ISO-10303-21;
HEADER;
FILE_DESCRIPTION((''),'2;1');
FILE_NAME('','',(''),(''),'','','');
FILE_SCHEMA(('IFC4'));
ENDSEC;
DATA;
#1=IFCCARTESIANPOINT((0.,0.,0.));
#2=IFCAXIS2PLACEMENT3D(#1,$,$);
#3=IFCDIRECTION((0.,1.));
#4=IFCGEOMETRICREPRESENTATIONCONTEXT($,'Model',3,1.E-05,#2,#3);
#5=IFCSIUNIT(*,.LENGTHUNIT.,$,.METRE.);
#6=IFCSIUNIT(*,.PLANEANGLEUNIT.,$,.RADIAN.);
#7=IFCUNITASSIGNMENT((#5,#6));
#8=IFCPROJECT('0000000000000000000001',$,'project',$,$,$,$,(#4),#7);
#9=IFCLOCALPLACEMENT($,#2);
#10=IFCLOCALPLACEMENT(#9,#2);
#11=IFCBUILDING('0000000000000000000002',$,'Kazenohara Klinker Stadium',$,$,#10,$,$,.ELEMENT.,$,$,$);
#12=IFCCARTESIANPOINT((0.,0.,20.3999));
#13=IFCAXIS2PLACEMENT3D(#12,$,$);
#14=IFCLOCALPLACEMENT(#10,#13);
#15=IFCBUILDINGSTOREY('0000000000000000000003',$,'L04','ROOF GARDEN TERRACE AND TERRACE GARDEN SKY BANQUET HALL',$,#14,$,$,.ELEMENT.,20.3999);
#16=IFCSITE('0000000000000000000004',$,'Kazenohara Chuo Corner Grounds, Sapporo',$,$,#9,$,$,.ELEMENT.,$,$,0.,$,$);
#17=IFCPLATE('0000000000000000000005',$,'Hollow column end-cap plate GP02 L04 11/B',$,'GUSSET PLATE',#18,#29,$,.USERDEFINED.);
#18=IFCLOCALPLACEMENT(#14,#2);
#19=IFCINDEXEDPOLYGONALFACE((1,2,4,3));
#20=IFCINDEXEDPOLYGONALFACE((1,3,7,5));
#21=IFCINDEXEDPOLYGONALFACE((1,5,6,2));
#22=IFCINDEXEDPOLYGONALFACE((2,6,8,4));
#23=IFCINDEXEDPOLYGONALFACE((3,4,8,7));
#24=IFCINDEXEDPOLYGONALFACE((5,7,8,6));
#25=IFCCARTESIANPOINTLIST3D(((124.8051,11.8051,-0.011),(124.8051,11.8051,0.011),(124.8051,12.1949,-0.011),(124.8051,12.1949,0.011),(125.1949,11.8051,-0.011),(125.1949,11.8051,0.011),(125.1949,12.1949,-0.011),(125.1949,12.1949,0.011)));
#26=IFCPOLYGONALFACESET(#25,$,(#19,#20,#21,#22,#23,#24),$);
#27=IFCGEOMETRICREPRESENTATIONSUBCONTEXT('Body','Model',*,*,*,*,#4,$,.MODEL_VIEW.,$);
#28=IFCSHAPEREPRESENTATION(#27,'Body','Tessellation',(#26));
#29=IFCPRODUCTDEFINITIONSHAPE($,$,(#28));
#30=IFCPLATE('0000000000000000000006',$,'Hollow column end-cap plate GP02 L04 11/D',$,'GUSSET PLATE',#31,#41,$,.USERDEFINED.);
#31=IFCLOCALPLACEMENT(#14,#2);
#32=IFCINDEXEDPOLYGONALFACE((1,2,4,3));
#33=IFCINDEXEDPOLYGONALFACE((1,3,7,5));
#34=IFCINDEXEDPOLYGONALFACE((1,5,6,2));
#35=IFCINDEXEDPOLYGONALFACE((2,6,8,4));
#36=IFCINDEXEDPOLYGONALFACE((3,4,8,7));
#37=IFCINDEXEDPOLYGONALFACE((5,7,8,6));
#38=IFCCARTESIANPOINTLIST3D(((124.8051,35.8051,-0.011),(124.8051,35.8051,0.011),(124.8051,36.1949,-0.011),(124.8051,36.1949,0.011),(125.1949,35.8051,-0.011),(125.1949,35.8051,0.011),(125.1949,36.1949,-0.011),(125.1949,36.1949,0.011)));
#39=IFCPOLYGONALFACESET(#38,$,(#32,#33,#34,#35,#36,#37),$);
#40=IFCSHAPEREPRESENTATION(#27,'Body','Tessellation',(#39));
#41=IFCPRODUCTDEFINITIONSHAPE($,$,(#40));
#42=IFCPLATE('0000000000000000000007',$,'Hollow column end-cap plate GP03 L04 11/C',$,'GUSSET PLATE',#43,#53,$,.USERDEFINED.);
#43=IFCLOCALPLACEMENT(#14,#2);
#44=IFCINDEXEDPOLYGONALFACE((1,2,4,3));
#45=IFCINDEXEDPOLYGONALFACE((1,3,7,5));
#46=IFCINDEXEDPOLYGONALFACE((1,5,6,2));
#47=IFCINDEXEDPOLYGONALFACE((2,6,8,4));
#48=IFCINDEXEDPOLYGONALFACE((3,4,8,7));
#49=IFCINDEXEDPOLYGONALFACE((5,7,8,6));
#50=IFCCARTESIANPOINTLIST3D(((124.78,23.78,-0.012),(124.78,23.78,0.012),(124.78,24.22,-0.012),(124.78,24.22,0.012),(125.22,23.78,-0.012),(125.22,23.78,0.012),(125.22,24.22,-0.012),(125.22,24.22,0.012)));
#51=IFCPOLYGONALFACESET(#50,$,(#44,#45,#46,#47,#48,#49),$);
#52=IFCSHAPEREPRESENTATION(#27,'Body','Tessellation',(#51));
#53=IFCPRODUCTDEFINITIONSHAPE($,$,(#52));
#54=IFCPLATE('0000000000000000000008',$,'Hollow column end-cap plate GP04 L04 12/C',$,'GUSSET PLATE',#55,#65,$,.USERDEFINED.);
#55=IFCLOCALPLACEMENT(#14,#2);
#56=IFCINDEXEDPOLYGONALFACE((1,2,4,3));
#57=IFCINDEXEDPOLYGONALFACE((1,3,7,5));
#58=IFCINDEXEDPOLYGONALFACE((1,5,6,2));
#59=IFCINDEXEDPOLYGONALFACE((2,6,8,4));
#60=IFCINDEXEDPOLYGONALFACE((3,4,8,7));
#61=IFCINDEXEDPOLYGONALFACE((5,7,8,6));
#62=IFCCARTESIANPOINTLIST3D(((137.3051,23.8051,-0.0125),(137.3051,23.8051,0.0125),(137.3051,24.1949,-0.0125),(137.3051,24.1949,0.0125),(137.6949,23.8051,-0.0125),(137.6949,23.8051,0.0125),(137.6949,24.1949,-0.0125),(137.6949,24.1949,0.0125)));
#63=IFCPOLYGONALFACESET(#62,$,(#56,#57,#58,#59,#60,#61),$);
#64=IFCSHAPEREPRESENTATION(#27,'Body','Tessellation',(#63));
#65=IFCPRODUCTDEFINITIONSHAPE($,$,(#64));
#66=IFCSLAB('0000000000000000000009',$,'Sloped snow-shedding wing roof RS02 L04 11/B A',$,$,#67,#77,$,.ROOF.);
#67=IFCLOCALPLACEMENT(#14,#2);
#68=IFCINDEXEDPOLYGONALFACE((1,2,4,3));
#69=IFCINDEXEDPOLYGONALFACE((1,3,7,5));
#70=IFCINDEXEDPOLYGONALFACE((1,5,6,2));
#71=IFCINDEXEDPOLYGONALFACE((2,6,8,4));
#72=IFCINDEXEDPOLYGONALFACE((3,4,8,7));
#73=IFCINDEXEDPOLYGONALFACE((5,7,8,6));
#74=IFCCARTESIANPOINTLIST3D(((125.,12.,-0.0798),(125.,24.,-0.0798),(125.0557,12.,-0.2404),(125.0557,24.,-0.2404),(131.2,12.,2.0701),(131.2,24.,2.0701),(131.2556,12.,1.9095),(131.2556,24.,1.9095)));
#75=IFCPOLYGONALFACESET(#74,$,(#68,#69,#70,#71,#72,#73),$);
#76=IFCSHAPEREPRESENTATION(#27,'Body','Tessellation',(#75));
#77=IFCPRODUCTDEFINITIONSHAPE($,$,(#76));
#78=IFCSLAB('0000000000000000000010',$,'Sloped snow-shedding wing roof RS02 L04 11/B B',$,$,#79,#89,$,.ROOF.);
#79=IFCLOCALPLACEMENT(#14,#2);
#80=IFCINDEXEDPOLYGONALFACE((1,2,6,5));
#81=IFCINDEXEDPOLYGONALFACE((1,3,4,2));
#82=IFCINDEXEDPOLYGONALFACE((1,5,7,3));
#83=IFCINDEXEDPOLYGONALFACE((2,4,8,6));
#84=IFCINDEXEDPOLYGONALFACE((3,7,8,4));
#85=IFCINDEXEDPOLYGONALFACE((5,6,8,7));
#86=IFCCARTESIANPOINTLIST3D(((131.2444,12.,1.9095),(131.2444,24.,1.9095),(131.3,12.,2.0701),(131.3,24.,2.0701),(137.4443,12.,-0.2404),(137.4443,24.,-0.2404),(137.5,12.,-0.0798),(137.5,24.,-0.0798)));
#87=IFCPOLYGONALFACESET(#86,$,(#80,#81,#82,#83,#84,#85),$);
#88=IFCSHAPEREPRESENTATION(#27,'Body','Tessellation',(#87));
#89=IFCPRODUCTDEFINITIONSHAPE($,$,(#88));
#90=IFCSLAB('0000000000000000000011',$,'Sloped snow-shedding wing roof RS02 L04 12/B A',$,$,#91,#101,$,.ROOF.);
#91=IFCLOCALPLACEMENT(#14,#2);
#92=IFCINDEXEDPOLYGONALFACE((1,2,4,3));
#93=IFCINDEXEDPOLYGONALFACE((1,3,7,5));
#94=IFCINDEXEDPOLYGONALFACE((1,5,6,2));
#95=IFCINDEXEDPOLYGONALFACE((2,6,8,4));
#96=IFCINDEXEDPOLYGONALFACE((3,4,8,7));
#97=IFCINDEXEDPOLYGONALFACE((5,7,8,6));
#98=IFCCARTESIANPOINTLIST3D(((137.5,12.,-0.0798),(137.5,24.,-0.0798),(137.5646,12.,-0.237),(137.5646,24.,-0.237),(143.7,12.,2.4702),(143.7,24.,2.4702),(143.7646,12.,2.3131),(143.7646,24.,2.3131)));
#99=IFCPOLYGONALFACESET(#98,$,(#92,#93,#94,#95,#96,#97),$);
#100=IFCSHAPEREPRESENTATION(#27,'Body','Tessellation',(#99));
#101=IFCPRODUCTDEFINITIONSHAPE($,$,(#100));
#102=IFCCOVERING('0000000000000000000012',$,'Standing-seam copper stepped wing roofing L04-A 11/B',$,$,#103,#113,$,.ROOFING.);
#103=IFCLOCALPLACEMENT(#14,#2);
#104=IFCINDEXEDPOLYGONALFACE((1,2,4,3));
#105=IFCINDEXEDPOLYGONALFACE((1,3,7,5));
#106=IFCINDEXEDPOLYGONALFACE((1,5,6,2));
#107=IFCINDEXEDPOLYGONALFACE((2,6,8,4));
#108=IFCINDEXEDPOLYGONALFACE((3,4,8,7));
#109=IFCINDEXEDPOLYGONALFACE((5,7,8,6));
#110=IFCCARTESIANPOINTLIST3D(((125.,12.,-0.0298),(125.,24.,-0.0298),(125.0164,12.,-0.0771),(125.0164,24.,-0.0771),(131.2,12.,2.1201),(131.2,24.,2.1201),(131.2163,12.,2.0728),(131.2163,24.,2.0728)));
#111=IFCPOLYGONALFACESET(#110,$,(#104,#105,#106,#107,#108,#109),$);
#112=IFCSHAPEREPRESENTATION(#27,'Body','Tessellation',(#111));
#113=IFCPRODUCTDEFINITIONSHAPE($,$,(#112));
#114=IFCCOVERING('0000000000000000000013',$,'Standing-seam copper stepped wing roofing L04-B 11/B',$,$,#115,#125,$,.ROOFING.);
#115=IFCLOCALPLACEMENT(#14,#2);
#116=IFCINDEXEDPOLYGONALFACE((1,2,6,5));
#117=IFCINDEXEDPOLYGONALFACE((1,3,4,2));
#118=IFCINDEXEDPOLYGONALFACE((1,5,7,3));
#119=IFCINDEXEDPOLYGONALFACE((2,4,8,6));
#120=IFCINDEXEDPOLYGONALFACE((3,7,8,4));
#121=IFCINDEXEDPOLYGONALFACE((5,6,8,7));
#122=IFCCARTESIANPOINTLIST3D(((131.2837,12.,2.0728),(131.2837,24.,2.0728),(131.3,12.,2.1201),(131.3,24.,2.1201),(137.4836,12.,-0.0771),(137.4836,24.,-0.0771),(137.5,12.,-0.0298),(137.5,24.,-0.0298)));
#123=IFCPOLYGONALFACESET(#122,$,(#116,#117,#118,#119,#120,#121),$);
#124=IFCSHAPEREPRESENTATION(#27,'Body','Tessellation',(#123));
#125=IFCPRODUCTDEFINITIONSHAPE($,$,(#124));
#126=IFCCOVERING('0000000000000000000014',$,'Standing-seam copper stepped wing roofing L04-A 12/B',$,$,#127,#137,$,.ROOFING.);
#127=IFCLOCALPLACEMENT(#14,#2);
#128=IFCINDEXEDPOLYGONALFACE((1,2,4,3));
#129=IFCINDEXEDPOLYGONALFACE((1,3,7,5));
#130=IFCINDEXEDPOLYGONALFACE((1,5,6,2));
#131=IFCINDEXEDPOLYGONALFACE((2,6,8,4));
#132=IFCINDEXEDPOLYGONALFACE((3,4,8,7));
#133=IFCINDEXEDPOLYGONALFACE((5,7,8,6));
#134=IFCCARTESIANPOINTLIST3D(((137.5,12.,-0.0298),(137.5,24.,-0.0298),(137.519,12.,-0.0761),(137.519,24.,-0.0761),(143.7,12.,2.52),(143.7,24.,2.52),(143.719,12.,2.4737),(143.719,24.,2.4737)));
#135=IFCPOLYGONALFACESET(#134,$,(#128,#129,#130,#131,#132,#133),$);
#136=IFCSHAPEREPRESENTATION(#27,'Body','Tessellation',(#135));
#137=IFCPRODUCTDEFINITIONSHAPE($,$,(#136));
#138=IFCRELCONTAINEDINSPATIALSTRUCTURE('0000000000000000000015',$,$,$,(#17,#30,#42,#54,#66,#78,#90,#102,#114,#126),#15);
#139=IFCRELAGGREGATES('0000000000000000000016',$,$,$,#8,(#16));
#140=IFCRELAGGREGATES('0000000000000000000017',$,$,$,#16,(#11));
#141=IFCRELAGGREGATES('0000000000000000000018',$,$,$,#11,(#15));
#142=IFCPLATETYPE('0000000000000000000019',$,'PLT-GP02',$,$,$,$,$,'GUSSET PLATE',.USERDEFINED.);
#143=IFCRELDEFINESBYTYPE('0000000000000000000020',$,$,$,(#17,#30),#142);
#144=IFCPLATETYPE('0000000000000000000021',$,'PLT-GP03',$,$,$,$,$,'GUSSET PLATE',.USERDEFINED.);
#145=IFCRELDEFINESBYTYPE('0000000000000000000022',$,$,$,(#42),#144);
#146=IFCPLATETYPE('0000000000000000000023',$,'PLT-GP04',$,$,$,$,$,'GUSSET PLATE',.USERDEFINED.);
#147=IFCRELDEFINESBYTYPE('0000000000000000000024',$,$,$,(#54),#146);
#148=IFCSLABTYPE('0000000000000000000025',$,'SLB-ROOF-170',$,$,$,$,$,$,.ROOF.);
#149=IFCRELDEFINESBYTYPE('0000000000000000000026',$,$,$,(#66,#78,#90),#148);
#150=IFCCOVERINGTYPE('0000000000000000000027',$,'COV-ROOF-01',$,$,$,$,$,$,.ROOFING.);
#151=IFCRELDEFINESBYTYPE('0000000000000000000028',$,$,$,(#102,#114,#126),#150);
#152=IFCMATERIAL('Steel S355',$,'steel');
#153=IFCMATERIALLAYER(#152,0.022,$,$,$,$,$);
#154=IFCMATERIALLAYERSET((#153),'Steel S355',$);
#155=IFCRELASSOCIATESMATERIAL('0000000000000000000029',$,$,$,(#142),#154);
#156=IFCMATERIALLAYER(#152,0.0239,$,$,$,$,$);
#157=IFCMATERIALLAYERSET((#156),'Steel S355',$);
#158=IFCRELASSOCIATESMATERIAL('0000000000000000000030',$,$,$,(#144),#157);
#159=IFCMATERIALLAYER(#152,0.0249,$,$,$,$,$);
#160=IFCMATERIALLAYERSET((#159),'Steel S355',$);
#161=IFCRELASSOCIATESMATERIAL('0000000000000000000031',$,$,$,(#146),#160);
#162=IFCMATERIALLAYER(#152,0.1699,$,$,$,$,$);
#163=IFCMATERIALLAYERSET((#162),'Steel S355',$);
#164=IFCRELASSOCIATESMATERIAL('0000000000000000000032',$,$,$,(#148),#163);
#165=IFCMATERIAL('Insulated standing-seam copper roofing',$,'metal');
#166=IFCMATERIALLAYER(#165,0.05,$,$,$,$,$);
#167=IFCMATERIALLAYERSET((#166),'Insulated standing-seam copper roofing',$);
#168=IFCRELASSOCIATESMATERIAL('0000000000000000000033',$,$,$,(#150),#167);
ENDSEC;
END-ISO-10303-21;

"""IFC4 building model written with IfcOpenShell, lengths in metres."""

from ifc_helpers import new_model, si_unit, direction, frame, origin, origin_2d, place, context, subcontext, project, spatial, polyline, rectangle, outline, extrude, material, layer, layer_set, type_object, element, save


model = new_model("IFC4")

# Units and contexts
model_context = context("Model", 3, precision=1e-05, world=origin(), true_north=direction((0.0, 1.0)))
body_context = subcontext(model_context, "Body", "Model", "MODEL_VIEW")
ifc_project = project(units=[si_unit("LENGTHUNIT", "METRE"), si_unit("PLANEANGLEUNIT", "RADIAN")], contexts=[model_context])

# Site, building, storey
site_placement = place(None, origin())
site = spatial("IfcSite", under=ifc_project, at=site_placement, Name="Kazenohara Chuo Corner Grounds, Sapporo", CompositionType="ELEMENT", RefElevation=0.0)
building_placement = place(site_placement, origin())
building = spatial("IfcBuilding", under=site, at=building_placement, Name="Kazenohara Klinker Stadium", CompositionType="ELEMENT")
storey_placement = place(building_placement, frame((0.0, 0.0, 20.3999)))
storey = spatial("IfcBuildingStorey", under=building, at=storey_placement, Name="L04", Description="ROOF GARDEN TERRACE AND TERRACE GARDEN SKY BANQUET HALL", CompositionType="ELEMENT", Elevation=20.3999)

# Shared definitions
ifc_material_1 = material(Name="Steel S355", Category="steel")

# Plates
ifc_layer_1 = layer(ifc_material_1, 0.022)
ifc_layer_set_1 = layer_set([ifc_layer_1], Name="Steel S355")
plate_type_1 = type_object("IfcPlateType", Name="PLT-GP02", ElementType="GUSSET PLATE", PredefinedType="USERDEFINED", material=ifc_layer_set_1)
for number, where, z_axis, x_axis, name in (
    (1, (125.0, 12.0, -0.011), (0.0, 0.0, 1.0), (1.0, 0.0, 0.0), "Hollow column end-cap plate GP02 L04 11/B"),
    (2, (125.0, 36.0, -0.011), (0.0, 0.0, 1.0), (1.0, 0.0, 0.0), "Hollow column end-cap plate GP02 L04 11/D"),
):
    element("IfcPlate", number, at=place(storey_placement, frame(where, z_axis=z_axis, x_axis=x_axis)), inside=storey, type_object=plate_type_1, Name=name, ObjectType="GUSSET PLATE", PredefinedType="USERDEFINED", context=body_context, shape_type="SweptSolid", body=[
        extrude(rectangle(XDim=0.3899, YDim=0.3899, at=origin_2d()), origin(), (0.0, 0.0, 1.0), 0.022),
    ])
ifc_layer_2 = layer(ifc_material_1, 0.0239)
ifc_layer_set_2 = layer_set([ifc_layer_2], Name="Steel S355")
plate_type_2 = type_object("IfcPlateType", Name="PLT-GP03", ElementType="GUSSET PLATE", PredefinedType="USERDEFINED", material=ifc_layer_set_2)
plate_1_placement = place(storey_placement, frame((125.0, 24.0, -0.012), z_axis=(0.0, 0.0, 1.0), x_axis=(1.0, 0.0, 0.0)))
element("IfcPlate", 3, at=plate_1_placement, inside=storey, type_object=plate_type_2, Name="Hollow column end-cap plate GP03 L04 11/C", ObjectType="GUSSET PLATE", PredefinedType="USERDEFINED", context=body_context, shape_type="SweptSolid", body=[
    extrude(rectangle(XDim=0.4399, YDim=0.4399, at=origin_2d()), origin(), (0.0, 0.0, 1.0), 0.0239),
])
ifc_layer_3 = layer(ifc_material_1, 0.0249)
ifc_layer_set_3 = layer_set([ifc_layer_3], Name="Steel S355")
plate_type_3 = type_object("IfcPlateType", Name="PLT-GP04", ElementType="GUSSET PLATE", PredefinedType="USERDEFINED", material=ifc_layer_set_3)
plate_2_placement = place(storey_placement, frame((137.5, 24.0, -0.0125), z_axis=(0.0, 0.0, 1.0), x_axis=(1.0, 0.0, 0.0)))
element("IfcPlate", 4, at=plate_2_placement, inside=storey, type_object=plate_type_3, Name="Hollow column end-cap plate GP04 L04 12/C", ObjectType="GUSSET PLATE", PredefinedType="USERDEFINED", context=body_context, shape_type="SweptSolid", body=[
    extrude(rectangle(XDim=0.3899, YDim=0.3899, at=origin_2d()), origin(), (0.0, 0.0, 1.0), 0.0249),
])

# Slabs
ifc_layer_4 = layer(ifc_material_1, 0.1699)
ifc_layer_set_4 = layer_set([ifc_layer_4], Name="Steel S355")
slab_type = type_object("IfcSlabType", Name="SLB-ROOF-170", PredefinedType="ROOF", material=ifc_layer_set_4)
for number, where, z_axis, x_axis, name in (
    (5, (125.0, 12.0, -0.0798), (-0.327623, 0.0, 0.944809), (0.944809, 0.0, 0.327623), "Sloped snow-shedding wing roof RS02 L04 11/B A"),
    (6, (131.3, 12.0, 2.0701), (0.327623, 0.0, 0.944809), (0.944809, 0.0, -0.327623), "Sloped snow-shedding wing roof RS02 L04 11/B B"),
):
    element("IfcSlab", number, at=place(storey_placement, frame(where, z_axis=z_axis, x_axis=x_axis)), inside=storey, type_object=slab_type, Name=name, PredefinedType="ROOF", context=body_context, shape_type="SweptSolid", body=[
        extrude(outline(polyline([(0.0, 0.0), (6.5621, 0.0), (6.5621, 12.0), (0.0, 12.0), (0.0, 0.0)])), origin(), (0.0, 0.0, -1.0), 0.1699),
    ])
slab_placement = place(storey_placement, frame((137.5, 12.0, -0.0798), z_axis=(-0.380383, 0.0, 0.924829), x_axis=(0.924829, 0.0, 0.380383)))
element("IfcSlab", 7, at=slab_placement, inside=storey, type_object=slab_type, Name="Sloped snow-shedding wing roof RS02 L04 12/B A", PredefinedType="ROOF", context=body_context, shape_type="SweptSolid", body=[
    extrude(outline(polyline([(0.0, 0.0), (6.7039, 0.0), (6.7039, 12.0), (0.0, 12.0), (0.0, 0.0)])), origin(), (0.0, 0.0, -1.0), 0.1699),
])

# Coverings
ifc_material_2 = material(Name="Insulated standing-seam copper roofing", Category="metal")
ifc_layer_5 = layer(ifc_material_2, 0.05)
ifc_layer_set_5 = layer_set([ifc_layer_5], Name="Insulated standing-seam copper roofing")
covering_type = type_object("IfcCoveringType", Name="COV-ROOF-01", PredefinedType="ROOFING", material=ifc_layer_set_5)
for number, where, z_axis, x_axis, name in (
    (8, (125.0, 12.0, -0.0298), (-0.327623, 0.0, 0.944809), (0.944809, 0.0, 0.327623), "Standing-seam copper stepped wing roofing L04-A 11/B"),
    (9, (131.3, 12.0, 2.1201), (0.327623, 0.0, 0.944809), (0.944809, 0.0, -0.327623), "Standing-seam copper stepped wing roofing L04-B 11/B"),
):
    element("IfcCovering", number, at=place(storey_placement, frame(where, z_axis=z_axis, x_axis=x_axis)), inside=storey, type_object=covering_type, Name=name, PredefinedType="ROOFING", context=body_context, shape_type="SweptSolid", body=[
        extrude(outline(polyline([(0.0, 0.0), (6.5621, 0.0), (6.5621, 12.0), (0.0, 12.0), (0.0, 0.0)])), origin(), (0.0, 0.0, -1.0), 0.05),
    ])
covering_placement = place(storey_placement, frame((137.5, 12.0, -0.0298), z_axis=(-0.380352, 0.0, 0.924842), x_axis=(0.924842, 0.0, 0.380352)))
element("IfcCovering", 10, at=covering_placement, inside=storey, type_object=covering_type, Name="Standing-seam copper stepped wing roofing L04-A 12/B", PredefinedType="ROOFING", context=body_context, shape_type="SweptSolid", body=[
    extrude(outline(polyline([(0.0, 0.0), (6.7038, 0.0), (6.7038, 12.0), (0.0, 12.0), (0.0, 0.0)])), origin(), (0.0, 0.0, -1.0), 0.05),
])

save(model, "model.ifc")
